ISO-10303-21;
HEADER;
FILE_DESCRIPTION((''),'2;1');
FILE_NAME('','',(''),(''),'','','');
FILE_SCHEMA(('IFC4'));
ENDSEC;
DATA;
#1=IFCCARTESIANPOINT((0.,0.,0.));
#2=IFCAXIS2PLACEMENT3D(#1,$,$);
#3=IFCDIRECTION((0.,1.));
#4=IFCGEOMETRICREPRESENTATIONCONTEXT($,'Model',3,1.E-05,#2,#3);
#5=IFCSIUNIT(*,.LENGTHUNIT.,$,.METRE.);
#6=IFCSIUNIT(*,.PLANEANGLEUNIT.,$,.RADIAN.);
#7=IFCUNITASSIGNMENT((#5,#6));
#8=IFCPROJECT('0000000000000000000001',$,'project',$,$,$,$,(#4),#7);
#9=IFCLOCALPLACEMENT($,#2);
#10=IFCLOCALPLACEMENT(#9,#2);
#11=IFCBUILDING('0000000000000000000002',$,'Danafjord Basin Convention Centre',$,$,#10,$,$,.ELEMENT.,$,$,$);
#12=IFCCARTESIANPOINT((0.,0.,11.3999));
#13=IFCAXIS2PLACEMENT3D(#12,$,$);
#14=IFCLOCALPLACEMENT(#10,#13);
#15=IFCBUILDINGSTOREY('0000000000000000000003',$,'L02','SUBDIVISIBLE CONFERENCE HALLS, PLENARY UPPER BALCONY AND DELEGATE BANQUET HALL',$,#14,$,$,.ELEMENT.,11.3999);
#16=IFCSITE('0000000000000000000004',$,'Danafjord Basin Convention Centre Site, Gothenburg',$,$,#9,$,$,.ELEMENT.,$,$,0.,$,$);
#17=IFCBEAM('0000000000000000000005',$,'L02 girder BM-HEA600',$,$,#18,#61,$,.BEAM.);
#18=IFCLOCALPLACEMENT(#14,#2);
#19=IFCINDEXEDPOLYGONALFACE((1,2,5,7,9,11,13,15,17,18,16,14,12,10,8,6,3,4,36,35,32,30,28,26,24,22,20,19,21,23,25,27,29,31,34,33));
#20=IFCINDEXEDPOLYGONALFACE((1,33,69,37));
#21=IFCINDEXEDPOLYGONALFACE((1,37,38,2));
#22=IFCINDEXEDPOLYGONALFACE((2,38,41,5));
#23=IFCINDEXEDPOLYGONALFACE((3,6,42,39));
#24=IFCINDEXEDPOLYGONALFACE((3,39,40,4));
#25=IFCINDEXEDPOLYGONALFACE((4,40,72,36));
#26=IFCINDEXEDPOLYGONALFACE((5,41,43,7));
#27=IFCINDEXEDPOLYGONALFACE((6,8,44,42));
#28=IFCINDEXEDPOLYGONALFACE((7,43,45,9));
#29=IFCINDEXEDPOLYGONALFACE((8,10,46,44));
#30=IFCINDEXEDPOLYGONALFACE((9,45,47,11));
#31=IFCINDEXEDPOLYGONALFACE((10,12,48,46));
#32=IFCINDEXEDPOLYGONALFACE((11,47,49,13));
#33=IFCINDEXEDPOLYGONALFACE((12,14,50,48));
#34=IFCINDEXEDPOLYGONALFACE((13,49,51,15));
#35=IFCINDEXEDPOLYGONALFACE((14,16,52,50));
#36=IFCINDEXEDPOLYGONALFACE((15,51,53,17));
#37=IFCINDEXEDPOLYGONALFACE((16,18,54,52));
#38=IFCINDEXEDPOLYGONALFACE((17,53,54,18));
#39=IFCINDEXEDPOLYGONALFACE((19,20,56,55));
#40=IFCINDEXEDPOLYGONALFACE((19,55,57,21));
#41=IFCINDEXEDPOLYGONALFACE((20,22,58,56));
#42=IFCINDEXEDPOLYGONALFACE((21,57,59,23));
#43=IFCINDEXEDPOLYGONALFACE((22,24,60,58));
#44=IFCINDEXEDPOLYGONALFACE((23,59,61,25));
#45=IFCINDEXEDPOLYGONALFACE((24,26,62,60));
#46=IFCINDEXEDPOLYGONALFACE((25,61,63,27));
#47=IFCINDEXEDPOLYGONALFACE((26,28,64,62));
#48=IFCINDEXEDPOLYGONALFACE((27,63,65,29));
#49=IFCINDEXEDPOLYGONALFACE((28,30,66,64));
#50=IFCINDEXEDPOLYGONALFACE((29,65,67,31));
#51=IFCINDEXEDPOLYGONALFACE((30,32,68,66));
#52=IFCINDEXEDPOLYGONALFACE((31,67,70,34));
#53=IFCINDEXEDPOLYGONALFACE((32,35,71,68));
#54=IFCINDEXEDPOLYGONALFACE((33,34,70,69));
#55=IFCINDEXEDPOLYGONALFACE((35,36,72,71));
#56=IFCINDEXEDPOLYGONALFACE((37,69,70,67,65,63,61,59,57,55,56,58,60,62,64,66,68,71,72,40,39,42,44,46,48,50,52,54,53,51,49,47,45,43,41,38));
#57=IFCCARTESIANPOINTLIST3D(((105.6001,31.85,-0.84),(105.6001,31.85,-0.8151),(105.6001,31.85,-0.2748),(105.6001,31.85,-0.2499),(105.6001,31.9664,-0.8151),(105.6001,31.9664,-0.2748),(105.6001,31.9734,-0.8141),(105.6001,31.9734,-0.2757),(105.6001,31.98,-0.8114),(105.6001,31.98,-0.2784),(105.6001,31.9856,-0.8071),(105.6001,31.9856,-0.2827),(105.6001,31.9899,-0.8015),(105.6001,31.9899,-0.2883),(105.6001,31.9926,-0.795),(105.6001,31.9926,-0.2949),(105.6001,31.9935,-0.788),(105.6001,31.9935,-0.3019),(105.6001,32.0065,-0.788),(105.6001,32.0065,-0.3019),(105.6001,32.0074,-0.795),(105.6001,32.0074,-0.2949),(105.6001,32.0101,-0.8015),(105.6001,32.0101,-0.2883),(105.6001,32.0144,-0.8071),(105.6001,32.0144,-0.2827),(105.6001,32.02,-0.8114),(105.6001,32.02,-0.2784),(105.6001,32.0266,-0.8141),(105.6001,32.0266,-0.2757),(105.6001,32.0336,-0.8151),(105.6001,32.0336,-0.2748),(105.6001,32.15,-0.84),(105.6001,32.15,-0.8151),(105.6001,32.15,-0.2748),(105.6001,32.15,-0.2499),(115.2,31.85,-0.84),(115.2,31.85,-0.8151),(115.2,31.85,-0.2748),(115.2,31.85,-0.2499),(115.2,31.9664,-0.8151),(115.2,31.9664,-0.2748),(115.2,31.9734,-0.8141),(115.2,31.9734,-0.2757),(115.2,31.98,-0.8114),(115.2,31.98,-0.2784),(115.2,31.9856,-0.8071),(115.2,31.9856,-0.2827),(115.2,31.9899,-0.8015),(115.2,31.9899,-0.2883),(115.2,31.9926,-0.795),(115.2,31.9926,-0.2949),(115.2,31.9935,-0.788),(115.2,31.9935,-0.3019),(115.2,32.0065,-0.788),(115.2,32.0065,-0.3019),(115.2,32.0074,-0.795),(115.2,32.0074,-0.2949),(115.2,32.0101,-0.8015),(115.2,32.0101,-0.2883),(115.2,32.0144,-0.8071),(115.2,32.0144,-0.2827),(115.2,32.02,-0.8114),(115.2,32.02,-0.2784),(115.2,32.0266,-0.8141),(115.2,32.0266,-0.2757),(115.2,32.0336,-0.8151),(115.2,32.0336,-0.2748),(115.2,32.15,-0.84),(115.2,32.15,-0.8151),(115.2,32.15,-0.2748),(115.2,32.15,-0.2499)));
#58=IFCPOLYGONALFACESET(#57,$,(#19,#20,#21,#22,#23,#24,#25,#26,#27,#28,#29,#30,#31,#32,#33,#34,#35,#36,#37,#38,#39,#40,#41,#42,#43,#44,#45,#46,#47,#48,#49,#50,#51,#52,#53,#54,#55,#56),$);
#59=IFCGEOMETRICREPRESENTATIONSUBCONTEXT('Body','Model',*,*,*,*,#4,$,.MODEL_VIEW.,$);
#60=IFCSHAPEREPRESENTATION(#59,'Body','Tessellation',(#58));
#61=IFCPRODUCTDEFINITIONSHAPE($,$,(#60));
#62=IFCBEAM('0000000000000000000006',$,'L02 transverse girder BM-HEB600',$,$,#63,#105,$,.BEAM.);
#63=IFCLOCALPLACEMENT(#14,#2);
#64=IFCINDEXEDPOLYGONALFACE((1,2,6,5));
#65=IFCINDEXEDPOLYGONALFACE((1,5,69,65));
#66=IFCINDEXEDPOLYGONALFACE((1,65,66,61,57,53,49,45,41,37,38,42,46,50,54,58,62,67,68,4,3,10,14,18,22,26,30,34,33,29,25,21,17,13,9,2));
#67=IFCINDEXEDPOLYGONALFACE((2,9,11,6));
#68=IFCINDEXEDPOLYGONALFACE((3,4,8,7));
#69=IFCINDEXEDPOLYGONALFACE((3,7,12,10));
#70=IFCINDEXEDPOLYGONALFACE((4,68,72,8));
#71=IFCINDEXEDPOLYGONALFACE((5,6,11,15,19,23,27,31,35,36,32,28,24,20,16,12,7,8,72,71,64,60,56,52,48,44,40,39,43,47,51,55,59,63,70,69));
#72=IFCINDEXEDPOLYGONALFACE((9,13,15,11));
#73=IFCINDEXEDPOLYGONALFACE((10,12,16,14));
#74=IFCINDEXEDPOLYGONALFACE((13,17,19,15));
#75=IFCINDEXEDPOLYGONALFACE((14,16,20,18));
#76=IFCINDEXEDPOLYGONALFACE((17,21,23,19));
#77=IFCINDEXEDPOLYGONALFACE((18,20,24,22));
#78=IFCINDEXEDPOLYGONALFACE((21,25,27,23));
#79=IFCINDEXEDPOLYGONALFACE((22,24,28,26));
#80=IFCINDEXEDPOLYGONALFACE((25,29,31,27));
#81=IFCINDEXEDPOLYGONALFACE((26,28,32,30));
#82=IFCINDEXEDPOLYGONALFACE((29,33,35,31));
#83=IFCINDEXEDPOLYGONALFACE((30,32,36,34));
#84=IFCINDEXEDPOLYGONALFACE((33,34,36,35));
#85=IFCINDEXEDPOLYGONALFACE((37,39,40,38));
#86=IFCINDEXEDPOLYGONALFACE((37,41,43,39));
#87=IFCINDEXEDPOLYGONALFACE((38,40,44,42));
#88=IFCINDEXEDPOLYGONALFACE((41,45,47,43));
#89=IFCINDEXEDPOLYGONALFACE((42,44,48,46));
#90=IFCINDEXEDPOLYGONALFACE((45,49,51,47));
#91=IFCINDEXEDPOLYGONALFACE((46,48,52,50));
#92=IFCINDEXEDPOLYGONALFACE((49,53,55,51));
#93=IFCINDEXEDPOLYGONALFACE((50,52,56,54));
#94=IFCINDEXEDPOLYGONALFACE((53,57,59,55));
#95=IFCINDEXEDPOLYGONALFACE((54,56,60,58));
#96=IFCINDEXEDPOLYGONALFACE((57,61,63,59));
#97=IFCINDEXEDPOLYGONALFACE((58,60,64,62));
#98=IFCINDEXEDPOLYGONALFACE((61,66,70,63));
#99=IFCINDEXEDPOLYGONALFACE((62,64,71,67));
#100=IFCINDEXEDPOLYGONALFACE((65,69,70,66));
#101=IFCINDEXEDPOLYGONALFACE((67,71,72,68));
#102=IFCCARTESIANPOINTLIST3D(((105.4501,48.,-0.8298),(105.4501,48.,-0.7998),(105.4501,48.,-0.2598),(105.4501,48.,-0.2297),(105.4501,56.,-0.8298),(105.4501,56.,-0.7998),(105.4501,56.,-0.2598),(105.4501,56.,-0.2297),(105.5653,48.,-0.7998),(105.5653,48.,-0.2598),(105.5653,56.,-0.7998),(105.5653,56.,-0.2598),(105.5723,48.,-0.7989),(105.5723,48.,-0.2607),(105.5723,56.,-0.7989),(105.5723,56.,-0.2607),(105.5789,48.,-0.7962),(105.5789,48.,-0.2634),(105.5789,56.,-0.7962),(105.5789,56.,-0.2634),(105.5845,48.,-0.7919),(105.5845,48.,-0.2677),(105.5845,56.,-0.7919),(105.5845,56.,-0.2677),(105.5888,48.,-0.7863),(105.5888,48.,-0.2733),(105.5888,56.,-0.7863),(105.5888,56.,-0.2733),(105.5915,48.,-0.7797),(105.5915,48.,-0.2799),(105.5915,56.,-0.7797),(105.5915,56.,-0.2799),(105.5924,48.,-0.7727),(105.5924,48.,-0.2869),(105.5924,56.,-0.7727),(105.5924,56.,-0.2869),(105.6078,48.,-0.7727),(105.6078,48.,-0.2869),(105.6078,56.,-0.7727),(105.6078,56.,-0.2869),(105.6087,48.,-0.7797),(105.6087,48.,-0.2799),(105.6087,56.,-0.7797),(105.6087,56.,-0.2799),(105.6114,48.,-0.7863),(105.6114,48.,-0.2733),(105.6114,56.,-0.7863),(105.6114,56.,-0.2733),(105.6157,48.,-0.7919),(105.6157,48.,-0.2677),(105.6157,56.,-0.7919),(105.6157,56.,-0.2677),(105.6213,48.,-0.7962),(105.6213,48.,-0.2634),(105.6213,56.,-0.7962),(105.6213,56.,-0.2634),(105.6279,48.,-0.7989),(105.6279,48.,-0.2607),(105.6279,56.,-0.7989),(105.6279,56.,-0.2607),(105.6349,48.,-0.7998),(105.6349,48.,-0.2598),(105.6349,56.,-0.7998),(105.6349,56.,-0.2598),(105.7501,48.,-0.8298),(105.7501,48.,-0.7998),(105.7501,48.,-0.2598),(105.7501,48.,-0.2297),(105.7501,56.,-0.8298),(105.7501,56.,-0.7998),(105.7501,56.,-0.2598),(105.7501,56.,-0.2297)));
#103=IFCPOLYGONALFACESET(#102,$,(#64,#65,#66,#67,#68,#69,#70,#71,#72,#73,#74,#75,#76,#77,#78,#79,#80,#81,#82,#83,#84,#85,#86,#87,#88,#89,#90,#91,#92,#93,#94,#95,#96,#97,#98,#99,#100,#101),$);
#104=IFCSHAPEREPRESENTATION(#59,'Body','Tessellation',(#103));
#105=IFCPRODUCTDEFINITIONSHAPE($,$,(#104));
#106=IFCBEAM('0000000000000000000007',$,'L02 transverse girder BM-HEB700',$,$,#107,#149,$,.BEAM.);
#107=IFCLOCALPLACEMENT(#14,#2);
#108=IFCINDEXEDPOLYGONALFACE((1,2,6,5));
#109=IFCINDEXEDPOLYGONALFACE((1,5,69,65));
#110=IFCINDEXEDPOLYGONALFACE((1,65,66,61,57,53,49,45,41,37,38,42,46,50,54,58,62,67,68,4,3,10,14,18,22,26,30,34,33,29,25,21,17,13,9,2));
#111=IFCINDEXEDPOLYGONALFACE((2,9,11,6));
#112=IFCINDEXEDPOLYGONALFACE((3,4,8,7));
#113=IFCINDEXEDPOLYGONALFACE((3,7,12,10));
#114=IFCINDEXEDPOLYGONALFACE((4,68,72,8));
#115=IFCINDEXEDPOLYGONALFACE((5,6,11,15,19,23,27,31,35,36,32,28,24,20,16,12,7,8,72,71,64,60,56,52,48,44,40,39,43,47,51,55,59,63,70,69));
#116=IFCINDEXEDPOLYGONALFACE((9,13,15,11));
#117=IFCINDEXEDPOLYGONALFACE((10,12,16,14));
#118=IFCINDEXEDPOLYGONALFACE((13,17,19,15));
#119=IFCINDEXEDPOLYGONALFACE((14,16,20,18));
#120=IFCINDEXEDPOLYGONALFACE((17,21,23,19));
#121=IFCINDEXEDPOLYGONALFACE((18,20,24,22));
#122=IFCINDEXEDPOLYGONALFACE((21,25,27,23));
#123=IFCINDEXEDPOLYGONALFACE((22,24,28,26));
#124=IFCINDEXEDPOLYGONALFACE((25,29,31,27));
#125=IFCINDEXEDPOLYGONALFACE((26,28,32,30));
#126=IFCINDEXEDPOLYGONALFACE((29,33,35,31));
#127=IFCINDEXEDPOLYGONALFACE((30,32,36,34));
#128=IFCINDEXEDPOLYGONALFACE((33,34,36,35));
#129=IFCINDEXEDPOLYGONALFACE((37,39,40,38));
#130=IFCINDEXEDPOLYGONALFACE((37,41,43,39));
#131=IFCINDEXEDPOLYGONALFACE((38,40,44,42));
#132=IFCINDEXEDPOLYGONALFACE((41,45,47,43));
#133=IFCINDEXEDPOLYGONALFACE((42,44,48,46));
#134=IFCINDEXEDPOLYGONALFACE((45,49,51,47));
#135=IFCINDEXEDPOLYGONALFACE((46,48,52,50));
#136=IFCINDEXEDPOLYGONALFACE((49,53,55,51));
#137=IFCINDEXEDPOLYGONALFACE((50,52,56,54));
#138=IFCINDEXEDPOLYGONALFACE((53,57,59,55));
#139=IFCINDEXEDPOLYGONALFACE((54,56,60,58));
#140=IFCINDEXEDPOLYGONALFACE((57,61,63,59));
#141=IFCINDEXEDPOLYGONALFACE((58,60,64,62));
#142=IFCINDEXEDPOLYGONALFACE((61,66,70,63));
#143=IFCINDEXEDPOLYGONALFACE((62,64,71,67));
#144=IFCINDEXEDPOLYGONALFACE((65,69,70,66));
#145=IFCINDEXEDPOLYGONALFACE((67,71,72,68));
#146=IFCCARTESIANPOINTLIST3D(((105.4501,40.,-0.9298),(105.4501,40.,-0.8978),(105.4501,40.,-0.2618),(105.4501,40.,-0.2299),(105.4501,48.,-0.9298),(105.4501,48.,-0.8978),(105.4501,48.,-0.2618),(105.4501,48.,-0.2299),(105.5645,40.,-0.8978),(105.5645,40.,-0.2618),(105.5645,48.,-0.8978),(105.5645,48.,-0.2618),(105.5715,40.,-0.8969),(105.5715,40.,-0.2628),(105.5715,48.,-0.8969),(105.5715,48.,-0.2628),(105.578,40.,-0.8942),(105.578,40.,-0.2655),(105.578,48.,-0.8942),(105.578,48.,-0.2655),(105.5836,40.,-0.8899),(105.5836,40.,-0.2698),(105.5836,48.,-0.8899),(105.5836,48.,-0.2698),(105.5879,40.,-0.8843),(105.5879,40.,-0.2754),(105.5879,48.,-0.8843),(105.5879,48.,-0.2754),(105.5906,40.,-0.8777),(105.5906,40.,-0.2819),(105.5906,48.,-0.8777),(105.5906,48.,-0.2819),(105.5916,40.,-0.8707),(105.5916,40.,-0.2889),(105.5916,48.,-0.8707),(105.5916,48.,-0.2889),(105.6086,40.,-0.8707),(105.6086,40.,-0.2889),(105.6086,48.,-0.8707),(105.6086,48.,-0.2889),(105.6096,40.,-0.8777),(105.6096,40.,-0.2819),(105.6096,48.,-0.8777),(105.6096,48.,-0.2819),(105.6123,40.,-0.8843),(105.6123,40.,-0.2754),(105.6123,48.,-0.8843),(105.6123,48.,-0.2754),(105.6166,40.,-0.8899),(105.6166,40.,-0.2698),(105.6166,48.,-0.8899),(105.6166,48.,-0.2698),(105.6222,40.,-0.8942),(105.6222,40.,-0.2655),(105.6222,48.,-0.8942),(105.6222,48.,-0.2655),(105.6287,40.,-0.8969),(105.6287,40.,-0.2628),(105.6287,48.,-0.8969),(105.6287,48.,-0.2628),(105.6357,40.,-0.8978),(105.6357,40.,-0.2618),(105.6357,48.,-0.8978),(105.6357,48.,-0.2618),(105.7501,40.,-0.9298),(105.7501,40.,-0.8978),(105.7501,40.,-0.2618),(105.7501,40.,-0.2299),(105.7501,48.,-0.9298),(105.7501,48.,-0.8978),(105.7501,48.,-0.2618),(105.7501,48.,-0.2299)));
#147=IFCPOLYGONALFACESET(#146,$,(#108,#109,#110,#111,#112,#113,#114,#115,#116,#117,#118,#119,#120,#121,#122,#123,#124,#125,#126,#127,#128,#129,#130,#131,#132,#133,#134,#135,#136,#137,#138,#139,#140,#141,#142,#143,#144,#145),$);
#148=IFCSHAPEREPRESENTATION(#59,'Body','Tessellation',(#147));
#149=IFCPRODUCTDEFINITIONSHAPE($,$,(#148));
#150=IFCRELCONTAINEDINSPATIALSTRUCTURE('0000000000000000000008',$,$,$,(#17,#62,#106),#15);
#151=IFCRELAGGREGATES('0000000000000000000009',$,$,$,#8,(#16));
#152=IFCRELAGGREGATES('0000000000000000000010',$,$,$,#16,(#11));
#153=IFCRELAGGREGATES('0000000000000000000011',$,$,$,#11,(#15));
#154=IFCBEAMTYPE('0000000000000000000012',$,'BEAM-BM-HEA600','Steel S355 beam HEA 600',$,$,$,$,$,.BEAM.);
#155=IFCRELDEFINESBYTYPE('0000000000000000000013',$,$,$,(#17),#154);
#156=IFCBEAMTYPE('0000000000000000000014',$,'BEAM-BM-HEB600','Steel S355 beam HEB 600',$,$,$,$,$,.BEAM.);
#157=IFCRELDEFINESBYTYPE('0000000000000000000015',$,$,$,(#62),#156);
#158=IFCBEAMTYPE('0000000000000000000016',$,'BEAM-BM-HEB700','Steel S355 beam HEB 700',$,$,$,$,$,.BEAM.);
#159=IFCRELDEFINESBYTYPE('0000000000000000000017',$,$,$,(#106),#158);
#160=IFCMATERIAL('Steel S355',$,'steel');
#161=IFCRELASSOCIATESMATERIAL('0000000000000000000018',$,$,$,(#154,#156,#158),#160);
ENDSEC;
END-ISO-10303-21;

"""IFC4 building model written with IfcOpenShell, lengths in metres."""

from ifc_helpers import new_model, si_unit, direction, frame, origin, origin_2d, place, context, subcontext, project, spatial, i_section, extrude, material, material_profile, profile_set, type_object, element, save


model = new_model("IFC4")

# Units and contexts
model_context = context("Model", 3, precision=1e-05, world=origin(), true_north=direction((0.0, 1.0)))
body_context = subcontext(model_context, "Body", "Model", "MODEL_VIEW")
ifc_project = project(units=[si_unit("LENGTHUNIT", "METRE"), si_unit("PLANEANGLEUNIT", "RADIAN")], contexts=[model_context])

# Site, building, storey
site_placement = place(None, origin())
site = spatial("IfcSite", under=ifc_project, at=site_placement, Name="Danafjord Basin Convention Centre Site, Gothenburg", CompositionType="ELEMENT", RefElevation=0.0)
building_placement = place(site_placement, origin())
building = spatial("IfcBuilding", under=site, at=building_placement, Name="Danafjord Basin Convention Centre", CompositionType="ELEMENT")
storey_placement = place(building_placement, frame((0.0, 0.0, 11.3999)))
storey = spatial("IfcBuildingStorey", under=building, at=storey_placement, Name="L02", Description="SUBDIVISIBLE CONFERENCE HALLS, PLENARY UPPER BALCONY AND DELEGATE BANQUET HALL", CompositionType="ELEMENT", Elevation=11.3999)

# Shared definitions
ifc_material_1 = material(Name="Steel S355", Category="steel")

# Beams
ifc_material_profile_1 = material_profile(ifc_material_1, i_section(OverallWidth=0.3, OverallDepth=0.5901, WebThickness=0.0129, FlangeThickness=0.0249, FilletRadius=0.0271, at=origin_2d()), Name="HEA 600")
ifc_profile_set_1 = profile_set([ifc_material_profile_1], Name="Steel S355")
beam_type_1 = type_object("IfcBeamType", Name="BEAM-BM-HEA600", Description="Steel S355 beam HEA 600", PredefinedType="BEAM", material=ifc_profile_set_1)
beam_1_placement = place(storey_placement, frame((105.6001, 32.0, -0.5449), z_axis=(1.0, 0.0, 0.0), x_axis=(0.0, 1.0, 0.0)))
element("IfcBeam", 1, at=beam_1_placement, inside=storey, type_object=beam_type_1, Name="L02 girder BM-HEA600", PredefinedType="BEAM", context=body_context, shape_type="SweptSolid", body=[
    extrude(i_section(OverallWidth=0.3, OverallDepth=0.5901, WebThickness=0.0129, FlangeThickness=0.0249, FilletRadius=0.0271, at=origin_2d()), origin(), (0.0, 0.0, 1.0), 9.5999),
])
ifc_material_profile_2 = material_profile(ifc_material_1, i_section(OverallWidth=0.3, OverallDepth=0.6001, WebThickness=0.0154, FlangeThickness=0.03, FilletRadius=0.0271, at=origin_2d()), Name="HEB 600")
ifc_profile_set_2 = profile_set([ifc_material_profile_2], Name="Steel S355")
beam_type_2 = type_object("IfcBeamType", Name="BEAM-BM-HEB600", Description="Steel S355 beam HEB 600", PredefinedType="BEAM", material=ifc_profile_set_2)
beam_2_placement = place(storey_placement, frame((105.6001, 48.0, -0.5298), z_axis=(0.0, 1.0, 0.0), x_axis=(-1.0, 0.0, 0.0)))
element("IfcBeam", 2, at=beam_2_placement, inside=storey, type_object=beam_type_2, Name="L02 transverse girder BM-HEB600", PredefinedType="BEAM", context=body_context, shape_type="SweptSolid", body=[
    extrude(i_section(OverallWidth=0.3, OverallDepth=0.6001, WebThickness=0.0154, FlangeThickness=0.03, FilletRadius=0.0271, at=origin_2d()), origin(), (0.0, 0.0, 1.0), 8.0),
])
ifc_material_profile_3 = material_profile(ifc_material_1, i_section(OverallWidth=0.3, OverallDepth=0.7, WebThickness=0.0171, FlangeThickness=0.032, FilletRadius=0.0271, at=origin_2d()), Name="HEB 700")
ifc_profile_set_3 = profile_set([ifc_material_profile_3], Name="Steel S355")
beam_type_3 = type_object("IfcBeamType", Name="BEAM-BM-HEB700", Description="Steel S355 beam HEB 700", PredefinedType="BEAM", material=ifc_profile_set_3)
beam_3_placement = place(storey_placement, frame((105.6001, 40.0, -0.5798), z_axis=(0.0, 1.0, 0.0), x_axis=(-1.0, 0.0, 0.0)))
element("IfcBeam", 3, at=beam_3_placement, inside=storey, type_object=beam_type_3, Name="L02 transverse girder BM-HEB700", PredefinedType="BEAM", context=body_context, shape_type="SweptSolid", body=[
    extrude(i_section(OverallWidth=0.3, OverallDepth=0.7, WebThickness=0.0171, FlangeThickness=0.032, FilletRadius=0.0271, at=origin_2d()), origin(), (0.0, 0.0, 1.0), 8.0),
])

save(model, "model.ifc")
